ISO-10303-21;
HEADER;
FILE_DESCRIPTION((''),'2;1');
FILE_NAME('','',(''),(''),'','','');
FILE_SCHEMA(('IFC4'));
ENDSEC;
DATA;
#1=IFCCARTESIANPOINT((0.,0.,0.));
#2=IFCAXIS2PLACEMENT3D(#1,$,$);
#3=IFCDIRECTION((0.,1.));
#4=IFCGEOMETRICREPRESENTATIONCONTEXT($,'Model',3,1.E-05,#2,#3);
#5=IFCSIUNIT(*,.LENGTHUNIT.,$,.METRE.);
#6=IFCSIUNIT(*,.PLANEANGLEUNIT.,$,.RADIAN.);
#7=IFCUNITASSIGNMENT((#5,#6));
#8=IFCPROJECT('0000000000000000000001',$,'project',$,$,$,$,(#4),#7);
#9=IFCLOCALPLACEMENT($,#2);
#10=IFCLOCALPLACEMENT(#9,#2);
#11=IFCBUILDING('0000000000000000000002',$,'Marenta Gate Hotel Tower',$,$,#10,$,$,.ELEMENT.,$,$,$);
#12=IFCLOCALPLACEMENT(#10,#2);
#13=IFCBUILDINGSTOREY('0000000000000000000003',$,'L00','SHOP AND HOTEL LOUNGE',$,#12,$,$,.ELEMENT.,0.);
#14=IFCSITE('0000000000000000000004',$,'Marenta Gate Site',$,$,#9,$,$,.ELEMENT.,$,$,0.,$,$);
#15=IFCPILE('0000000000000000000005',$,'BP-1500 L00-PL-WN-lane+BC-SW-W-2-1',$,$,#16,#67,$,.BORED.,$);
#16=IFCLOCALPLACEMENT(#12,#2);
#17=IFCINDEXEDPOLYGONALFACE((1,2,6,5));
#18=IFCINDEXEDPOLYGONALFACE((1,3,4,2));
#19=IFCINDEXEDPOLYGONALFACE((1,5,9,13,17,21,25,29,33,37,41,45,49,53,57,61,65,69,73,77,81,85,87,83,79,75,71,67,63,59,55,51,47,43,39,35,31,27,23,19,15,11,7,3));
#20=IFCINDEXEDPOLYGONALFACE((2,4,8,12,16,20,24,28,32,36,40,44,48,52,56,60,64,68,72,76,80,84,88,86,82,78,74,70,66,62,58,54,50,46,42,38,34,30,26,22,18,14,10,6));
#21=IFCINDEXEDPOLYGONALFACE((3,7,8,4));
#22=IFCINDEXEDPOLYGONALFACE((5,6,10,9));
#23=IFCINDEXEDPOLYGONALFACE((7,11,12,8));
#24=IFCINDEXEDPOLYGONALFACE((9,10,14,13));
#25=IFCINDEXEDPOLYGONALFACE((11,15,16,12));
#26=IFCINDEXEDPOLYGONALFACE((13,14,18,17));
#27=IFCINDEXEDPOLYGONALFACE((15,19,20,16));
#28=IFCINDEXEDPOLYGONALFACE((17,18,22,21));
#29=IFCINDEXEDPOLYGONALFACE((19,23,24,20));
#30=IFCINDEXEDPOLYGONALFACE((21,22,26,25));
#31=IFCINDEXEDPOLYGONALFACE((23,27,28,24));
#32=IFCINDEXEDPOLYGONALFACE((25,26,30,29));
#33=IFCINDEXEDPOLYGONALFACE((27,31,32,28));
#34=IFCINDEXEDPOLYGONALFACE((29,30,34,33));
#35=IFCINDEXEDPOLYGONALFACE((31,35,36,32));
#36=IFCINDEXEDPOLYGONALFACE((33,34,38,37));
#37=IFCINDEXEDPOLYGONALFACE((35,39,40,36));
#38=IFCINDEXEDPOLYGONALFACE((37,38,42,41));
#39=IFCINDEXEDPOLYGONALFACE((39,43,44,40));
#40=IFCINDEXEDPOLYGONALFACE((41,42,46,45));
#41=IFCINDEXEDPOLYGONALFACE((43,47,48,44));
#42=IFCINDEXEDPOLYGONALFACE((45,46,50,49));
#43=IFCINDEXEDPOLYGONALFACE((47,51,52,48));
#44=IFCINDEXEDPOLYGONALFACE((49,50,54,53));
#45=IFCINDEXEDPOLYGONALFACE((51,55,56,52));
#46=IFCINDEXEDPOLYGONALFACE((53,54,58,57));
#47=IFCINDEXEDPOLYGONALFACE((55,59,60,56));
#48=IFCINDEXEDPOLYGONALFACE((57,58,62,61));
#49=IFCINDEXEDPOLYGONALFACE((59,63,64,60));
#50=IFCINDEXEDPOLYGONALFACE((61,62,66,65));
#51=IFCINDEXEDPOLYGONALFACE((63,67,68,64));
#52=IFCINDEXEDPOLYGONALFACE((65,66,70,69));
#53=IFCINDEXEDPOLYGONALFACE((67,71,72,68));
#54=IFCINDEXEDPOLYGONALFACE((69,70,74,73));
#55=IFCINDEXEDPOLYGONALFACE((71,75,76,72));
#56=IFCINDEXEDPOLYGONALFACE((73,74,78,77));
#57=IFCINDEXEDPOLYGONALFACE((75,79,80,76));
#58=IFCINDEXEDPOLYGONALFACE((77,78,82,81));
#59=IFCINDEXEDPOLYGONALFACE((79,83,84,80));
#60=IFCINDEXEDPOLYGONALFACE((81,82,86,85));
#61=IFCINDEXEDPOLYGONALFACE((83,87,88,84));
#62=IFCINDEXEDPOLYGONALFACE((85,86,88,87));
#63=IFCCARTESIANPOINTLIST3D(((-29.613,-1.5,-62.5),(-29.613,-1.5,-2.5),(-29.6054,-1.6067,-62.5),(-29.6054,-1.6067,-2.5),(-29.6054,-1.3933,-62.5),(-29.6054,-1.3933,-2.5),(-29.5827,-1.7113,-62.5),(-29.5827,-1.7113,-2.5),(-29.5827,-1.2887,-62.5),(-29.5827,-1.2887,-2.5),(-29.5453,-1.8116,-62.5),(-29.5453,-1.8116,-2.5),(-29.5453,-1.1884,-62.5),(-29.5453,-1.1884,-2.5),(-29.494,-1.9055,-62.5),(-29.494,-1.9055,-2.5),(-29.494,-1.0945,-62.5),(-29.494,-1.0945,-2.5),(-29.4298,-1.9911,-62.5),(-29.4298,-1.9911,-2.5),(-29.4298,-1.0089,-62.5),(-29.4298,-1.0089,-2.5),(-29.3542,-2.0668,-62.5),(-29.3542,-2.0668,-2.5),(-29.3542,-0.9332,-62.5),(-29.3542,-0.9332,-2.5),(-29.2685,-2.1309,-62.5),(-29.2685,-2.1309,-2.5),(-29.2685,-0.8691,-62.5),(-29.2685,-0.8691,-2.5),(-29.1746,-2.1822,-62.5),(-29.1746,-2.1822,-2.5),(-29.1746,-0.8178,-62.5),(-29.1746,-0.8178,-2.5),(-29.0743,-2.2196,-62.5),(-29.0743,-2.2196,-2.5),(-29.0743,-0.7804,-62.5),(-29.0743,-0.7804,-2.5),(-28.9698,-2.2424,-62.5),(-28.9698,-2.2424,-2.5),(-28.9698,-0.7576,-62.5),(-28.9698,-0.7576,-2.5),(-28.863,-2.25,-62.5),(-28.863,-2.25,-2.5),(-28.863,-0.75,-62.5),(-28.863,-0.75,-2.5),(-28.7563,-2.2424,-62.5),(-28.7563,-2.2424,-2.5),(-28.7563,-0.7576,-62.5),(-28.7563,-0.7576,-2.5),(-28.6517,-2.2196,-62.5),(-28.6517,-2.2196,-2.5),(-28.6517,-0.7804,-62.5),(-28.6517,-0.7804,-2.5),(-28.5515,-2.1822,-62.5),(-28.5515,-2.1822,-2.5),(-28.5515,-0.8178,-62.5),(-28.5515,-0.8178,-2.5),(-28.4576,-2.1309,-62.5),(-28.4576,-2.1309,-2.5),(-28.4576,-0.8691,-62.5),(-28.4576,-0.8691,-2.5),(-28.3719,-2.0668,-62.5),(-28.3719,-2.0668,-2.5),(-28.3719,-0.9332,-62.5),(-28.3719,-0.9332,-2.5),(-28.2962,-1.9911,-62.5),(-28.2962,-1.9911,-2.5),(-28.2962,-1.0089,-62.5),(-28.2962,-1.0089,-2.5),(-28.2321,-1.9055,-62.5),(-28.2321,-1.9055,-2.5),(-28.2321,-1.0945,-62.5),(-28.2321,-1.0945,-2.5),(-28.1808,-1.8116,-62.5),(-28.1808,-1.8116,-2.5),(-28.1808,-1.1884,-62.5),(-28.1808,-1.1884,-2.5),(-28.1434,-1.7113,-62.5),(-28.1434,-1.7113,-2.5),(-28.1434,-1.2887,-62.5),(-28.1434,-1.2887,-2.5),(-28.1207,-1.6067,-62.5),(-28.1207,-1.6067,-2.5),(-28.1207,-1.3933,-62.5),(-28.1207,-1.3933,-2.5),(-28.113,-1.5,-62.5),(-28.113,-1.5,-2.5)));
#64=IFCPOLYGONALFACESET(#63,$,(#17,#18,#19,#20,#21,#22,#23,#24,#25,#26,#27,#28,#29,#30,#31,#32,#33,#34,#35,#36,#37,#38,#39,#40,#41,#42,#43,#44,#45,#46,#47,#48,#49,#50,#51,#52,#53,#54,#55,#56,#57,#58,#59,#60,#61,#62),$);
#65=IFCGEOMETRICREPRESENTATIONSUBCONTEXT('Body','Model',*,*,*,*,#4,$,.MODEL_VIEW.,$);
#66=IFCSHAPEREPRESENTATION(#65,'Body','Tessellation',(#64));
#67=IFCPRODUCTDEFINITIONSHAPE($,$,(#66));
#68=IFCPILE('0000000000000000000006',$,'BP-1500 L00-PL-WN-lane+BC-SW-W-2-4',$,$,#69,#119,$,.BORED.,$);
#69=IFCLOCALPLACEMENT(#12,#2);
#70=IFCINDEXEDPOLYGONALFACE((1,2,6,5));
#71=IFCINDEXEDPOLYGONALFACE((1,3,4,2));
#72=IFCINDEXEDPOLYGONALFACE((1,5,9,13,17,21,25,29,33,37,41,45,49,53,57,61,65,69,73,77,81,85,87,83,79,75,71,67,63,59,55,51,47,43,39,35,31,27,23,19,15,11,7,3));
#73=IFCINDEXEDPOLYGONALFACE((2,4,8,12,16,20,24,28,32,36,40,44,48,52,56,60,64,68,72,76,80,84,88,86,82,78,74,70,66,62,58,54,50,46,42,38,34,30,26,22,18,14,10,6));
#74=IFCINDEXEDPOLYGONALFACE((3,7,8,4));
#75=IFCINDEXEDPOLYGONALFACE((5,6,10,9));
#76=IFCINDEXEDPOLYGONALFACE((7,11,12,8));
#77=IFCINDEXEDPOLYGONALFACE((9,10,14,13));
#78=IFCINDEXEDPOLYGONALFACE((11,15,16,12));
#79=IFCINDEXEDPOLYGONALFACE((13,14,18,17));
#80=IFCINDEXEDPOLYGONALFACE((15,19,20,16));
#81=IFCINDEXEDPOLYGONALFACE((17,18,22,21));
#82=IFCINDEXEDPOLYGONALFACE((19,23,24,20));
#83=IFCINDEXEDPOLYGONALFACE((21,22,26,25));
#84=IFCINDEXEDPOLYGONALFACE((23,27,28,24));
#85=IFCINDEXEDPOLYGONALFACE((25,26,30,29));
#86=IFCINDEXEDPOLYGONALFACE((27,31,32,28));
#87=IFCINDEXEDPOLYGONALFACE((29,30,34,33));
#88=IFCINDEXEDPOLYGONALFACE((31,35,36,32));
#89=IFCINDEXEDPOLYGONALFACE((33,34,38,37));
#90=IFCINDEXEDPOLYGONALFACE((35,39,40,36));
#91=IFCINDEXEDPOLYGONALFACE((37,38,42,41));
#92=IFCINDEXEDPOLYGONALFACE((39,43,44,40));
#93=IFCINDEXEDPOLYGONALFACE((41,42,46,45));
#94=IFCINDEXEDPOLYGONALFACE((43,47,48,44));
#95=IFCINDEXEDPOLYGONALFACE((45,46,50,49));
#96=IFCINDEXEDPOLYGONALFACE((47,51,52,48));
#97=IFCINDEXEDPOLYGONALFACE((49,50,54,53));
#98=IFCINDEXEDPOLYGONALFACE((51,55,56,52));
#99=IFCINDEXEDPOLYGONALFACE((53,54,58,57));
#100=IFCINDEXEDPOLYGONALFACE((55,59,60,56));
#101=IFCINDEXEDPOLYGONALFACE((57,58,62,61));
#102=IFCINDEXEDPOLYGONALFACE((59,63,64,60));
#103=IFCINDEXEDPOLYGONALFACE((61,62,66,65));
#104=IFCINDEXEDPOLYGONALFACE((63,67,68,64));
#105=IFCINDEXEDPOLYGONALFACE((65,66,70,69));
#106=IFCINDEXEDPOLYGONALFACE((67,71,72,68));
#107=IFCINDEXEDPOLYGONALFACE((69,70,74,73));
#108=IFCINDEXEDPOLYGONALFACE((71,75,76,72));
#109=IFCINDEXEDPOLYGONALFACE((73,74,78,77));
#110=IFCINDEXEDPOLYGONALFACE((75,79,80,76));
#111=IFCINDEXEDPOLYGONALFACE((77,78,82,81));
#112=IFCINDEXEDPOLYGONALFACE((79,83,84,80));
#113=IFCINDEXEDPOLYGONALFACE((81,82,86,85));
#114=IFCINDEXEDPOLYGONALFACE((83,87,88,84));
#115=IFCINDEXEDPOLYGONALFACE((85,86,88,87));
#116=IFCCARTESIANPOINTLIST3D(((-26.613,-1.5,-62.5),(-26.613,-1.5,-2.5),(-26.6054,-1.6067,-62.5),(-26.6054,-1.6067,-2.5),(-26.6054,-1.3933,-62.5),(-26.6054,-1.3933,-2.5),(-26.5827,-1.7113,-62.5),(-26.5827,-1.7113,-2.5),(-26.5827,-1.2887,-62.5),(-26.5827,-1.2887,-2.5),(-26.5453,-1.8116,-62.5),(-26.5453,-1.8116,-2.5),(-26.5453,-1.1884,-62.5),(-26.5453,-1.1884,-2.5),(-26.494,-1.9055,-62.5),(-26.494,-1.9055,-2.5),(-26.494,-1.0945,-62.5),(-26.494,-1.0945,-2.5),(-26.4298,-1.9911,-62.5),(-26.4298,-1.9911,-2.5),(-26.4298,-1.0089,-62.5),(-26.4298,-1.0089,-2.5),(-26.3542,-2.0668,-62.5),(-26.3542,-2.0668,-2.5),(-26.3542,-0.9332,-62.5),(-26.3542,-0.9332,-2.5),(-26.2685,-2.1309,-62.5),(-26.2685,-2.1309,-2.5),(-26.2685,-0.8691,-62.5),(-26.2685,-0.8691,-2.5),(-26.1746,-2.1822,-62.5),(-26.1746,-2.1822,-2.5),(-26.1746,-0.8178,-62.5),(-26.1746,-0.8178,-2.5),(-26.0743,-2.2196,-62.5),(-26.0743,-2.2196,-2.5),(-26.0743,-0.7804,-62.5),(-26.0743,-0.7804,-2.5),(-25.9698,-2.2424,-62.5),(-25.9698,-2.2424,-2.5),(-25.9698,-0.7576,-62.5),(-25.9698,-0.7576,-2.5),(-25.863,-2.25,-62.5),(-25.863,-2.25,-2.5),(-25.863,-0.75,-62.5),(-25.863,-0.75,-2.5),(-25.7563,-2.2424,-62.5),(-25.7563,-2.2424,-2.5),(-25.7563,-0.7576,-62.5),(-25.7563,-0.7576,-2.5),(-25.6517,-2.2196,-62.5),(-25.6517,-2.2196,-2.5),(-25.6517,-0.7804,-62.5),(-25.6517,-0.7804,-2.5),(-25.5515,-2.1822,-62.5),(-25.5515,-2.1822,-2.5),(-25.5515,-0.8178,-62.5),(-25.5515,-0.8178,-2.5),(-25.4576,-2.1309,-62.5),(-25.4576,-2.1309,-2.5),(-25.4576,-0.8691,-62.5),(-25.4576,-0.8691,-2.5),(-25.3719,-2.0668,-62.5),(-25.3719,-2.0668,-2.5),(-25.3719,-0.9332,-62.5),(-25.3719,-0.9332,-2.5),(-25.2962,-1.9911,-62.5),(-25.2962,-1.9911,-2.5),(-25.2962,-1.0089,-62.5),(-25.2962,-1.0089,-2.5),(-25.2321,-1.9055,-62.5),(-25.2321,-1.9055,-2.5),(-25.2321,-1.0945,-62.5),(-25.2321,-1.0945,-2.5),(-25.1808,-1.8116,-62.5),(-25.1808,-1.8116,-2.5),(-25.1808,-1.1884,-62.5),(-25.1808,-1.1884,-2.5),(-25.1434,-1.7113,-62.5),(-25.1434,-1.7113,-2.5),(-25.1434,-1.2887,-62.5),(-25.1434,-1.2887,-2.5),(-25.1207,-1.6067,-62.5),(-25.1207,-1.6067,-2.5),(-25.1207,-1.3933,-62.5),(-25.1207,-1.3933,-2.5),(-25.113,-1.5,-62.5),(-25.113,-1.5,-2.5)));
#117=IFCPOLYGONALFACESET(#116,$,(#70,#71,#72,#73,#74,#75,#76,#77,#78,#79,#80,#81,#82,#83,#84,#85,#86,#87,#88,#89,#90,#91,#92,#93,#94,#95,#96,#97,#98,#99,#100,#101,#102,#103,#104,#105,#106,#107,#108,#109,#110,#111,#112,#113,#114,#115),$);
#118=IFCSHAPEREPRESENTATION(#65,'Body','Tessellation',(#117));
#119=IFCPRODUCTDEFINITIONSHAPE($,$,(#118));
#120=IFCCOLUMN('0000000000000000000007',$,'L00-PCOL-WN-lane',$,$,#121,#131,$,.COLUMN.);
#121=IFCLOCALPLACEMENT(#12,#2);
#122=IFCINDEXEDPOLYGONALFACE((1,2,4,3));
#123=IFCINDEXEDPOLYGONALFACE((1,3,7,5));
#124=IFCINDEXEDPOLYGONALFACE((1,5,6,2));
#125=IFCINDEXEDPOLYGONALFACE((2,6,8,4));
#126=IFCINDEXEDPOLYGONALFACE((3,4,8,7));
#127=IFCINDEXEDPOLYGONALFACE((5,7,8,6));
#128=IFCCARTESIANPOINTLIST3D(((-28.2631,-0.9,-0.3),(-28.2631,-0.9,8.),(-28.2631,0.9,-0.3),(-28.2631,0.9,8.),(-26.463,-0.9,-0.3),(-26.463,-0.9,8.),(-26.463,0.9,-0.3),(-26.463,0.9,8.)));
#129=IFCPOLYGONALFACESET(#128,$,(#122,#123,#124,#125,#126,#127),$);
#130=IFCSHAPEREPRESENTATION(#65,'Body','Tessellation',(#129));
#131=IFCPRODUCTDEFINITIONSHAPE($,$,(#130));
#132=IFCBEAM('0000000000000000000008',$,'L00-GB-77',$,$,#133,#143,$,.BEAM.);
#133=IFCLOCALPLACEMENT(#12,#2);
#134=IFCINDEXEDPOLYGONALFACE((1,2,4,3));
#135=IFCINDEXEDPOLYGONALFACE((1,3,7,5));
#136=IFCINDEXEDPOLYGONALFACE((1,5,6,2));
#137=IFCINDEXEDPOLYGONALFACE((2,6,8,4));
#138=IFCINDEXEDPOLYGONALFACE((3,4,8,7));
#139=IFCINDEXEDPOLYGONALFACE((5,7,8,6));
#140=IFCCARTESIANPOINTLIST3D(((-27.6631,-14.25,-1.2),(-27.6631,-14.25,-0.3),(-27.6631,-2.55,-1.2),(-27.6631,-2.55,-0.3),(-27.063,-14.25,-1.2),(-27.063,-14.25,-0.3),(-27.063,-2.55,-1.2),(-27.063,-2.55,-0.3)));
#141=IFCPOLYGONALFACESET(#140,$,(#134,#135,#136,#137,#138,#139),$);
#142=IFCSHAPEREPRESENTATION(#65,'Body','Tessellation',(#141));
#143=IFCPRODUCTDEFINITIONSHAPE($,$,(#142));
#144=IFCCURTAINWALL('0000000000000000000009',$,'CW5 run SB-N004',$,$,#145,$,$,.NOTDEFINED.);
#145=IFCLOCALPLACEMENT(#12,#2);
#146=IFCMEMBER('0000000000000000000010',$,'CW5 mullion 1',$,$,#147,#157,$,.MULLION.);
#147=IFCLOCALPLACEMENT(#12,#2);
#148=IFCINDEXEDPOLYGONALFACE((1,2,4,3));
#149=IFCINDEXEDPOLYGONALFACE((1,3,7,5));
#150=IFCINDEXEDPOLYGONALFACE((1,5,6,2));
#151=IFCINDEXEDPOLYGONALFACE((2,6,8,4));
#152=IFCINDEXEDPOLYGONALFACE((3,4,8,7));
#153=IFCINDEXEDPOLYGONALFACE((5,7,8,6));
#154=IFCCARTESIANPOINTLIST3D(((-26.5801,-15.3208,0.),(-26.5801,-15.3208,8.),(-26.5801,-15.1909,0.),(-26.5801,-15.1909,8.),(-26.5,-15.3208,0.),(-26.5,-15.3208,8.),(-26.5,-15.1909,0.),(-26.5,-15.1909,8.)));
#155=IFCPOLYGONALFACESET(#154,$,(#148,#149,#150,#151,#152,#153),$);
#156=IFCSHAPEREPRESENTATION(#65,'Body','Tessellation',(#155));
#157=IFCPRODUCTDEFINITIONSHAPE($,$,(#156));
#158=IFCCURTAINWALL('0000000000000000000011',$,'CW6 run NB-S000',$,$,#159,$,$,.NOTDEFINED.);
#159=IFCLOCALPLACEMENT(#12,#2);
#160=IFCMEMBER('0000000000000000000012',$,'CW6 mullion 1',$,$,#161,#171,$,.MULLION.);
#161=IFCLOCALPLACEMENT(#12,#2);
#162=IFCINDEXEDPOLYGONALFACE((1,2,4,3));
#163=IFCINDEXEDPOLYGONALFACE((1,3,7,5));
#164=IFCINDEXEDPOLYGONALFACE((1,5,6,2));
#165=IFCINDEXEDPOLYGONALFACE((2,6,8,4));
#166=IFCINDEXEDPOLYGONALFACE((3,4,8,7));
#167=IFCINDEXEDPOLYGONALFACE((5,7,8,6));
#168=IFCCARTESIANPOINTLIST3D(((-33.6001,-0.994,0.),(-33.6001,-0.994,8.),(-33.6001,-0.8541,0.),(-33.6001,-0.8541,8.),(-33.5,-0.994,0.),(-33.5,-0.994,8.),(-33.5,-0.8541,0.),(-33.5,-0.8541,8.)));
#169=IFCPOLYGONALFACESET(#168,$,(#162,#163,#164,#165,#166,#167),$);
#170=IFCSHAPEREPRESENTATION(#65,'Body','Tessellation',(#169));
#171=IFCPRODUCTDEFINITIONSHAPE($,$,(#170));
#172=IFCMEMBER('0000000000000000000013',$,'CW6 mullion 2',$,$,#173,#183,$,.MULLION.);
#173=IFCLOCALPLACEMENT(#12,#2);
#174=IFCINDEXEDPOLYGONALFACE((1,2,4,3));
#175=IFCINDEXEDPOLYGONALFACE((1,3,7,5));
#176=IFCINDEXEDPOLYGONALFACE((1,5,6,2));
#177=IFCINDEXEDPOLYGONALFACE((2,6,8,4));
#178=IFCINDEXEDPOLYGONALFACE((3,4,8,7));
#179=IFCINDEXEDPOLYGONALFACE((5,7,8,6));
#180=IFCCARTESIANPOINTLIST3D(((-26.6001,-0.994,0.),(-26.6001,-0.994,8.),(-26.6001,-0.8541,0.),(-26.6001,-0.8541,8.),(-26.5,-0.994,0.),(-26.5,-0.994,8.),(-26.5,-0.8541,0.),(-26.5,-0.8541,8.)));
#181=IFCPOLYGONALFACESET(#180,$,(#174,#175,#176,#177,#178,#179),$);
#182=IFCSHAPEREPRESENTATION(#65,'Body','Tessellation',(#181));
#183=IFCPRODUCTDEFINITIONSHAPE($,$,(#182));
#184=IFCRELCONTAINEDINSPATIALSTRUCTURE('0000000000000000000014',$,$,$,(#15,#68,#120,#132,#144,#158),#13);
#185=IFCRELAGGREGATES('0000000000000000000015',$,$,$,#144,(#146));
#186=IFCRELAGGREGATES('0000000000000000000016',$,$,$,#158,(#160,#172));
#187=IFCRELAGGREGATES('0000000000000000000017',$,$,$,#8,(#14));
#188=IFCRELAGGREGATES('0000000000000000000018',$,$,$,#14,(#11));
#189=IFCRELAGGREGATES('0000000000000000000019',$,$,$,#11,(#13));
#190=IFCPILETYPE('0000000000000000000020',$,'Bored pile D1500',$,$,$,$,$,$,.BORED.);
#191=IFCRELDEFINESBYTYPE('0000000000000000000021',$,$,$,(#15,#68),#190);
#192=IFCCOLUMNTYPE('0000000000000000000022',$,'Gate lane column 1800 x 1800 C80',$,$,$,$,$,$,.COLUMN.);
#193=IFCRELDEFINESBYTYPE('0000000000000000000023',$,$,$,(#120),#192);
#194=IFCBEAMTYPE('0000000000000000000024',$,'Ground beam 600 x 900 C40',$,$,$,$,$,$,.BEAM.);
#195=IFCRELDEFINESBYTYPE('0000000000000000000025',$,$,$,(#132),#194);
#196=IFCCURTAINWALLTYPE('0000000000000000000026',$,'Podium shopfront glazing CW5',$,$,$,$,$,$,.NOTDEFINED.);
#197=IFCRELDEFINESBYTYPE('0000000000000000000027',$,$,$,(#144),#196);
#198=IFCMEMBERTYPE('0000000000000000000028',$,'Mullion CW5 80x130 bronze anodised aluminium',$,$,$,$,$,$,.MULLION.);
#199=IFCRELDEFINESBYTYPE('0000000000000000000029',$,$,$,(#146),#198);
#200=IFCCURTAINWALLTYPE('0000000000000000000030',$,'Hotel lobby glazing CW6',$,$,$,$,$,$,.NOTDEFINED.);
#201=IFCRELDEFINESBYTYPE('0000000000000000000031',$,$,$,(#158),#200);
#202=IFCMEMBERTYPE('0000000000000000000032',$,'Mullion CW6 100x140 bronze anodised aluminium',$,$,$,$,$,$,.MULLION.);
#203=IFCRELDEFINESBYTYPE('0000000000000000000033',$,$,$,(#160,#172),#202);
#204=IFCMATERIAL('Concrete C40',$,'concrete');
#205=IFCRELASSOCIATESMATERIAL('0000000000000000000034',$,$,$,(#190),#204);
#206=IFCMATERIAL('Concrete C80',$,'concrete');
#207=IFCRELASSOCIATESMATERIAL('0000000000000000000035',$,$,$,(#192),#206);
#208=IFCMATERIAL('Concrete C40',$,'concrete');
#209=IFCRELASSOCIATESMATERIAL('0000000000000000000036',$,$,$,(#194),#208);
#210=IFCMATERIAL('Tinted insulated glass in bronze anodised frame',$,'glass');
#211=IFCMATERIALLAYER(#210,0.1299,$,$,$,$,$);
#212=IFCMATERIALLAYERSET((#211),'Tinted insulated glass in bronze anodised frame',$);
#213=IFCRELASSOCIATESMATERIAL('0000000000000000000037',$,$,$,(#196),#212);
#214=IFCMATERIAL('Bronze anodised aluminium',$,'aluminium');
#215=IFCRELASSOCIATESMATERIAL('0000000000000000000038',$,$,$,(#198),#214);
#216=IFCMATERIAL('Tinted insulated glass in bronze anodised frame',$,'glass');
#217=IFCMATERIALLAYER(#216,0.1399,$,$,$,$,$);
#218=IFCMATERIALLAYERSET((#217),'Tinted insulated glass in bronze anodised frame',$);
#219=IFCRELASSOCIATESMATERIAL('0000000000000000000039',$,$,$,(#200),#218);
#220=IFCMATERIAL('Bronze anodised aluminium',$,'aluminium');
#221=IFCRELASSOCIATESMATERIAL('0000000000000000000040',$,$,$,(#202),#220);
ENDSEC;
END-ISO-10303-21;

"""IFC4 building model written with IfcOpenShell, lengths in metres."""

from ifc_helpers import new_model, si_unit, direction, frame, origin, origin_2d, place, context, subcontext, project, spatial, rectangle, circle, extrude, material, layer, layer_set, material_profile, profile_set, type_object, element, aggregate, save


model = new_model("IFC4")

# Units and contexts
model_context = context("Model", 3, precision=1e-05, world=origin(), true_north=direction((0.0, 1.0)))
body_context = subcontext(model_context, "Body", "Model", "MODEL_VIEW")
ifc_project = project(units=[si_unit("LENGTHUNIT", "METRE"), si_unit("PLANEANGLEUNIT", "RADIAN")], contexts=[model_context])

# Site, building, storey
site_placement = place(None, origin())
site = spatial("IfcSite", under=ifc_project, at=site_placement, Name="Marenta Gate Site", CompositionType="ELEMENT", RefElevation=0.0)
building_placement = place(site_placement, origin())
building = spatial("IfcBuilding", under=site, at=building_placement, Name="Marenta Gate Hotel Tower", CompositionType="ELEMENT")
storey_placement = place(building_placement, origin())
storey = spatial("IfcBuildingStorey", under=building, at=storey_placement, Name="L00", Description="SHOP AND HOTEL LOUNGE", CompositionType="ELEMENT", Elevation=0.0)

# Piles
ifc_material_1 = material(Name="Concrete C40", Category="concrete")
pile_type = type_object("IfcPileType", Name="Bored pile D1500", PredefinedType="BORED", material=ifc_material_1)
for number, where, z_axis, x_axis, name in (
    (1, (-28.863, -1.5, -2.5), (0.0, 0.0, -1.0), (1.0, 0.0, 0.0), "BP-1500 L00-PL-WN-lane+BC-SW-W-2-1"),
    (2, (-25.863, -1.5, -2.5), (0.0, 0.0, -1.0), (1.0, 0.0, 0.0), "BP-1500 L00-PL-WN-lane+BC-SW-W-2-4"),
):
    element("IfcPile", number, at=place(storey_placement, frame(where, z_axis=z_axis, x_axis=x_axis)), inside=storey, type_object=pile_type, Name=name, PredefinedType="BORED", context=body_context, shape_type="SweptSolid", body=[
        extrude(circle(Radius=0.75, at=origin_2d()), origin(), (0.0, 0.0, 1.0), 60.0),
    ])

# Column
ifc_material_2 = material(Name="Concrete C80", Category="concrete")
ifc_material_profile_1 = material_profile(ifc_material_2, rectangle(XDim=1.8, YDim=1.8, at=origin_2d()), Name="1800 x 1800")
ifc_profile_set_1 = profile_set([ifc_material_profile_1], Name="Concrete C80")
column_type = type_object("IfcColumnType", Name="Gate lane column 1800 x 1800 C80", PredefinedType="COLUMN", material=ifc_profile_set_1)
column_placement = place(storey_placement, frame((-27.363, 0.0, -0.3), z_axis=(0.0, 0.0, 1.0), x_axis=(1.0, 0.0, 0.0)))
element("IfcColumn", 3, at=column_placement, inside=storey, type_object=column_type, Name="L00-PCOL-WN-lane", PredefinedType="COLUMN", context=body_context, shape_type="SweptSolid", body=[
    extrude(rectangle(XDim=1.8, YDim=1.8, at=origin_2d()), origin(), (0.0, 0.0, 1.0), 8.3),
])

# Beam
ifc_material_3 = material(Name="Concrete C40", Category="concrete")
ifc_material_profile_2 = material_profile(ifc_material_3, rectangle(XDim=0.6001, YDim=0.8999, at=origin_2d()), Name="600 x 900")
ifc_profile_set_2 = profile_set([ifc_material_profile_2], Name="Concrete C40")
beam_type = type_object("IfcBeamType", Name="Ground beam 600 x 900 C40", PredefinedType="BEAM", material=ifc_profile_set_2)
beam_placement = place(storey_placement, frame((-27.363, -14.25, -0.75), z_axis=(0.0, 1.0, 0.0), x_axis=(-1.0, 0.0, 0.0)))
element("IfcBeam", 4, at=beam_placement, inside=storey, type_object=beam_type, Name="L00-GB-77", PredefinedType="BEAM", context=body_context, shape_type="SweptSolid", body=[
    extrude(rectangle(XDim=0.6001, YDim=0.8999, at=origin_2d()), origin(), (0.0, 0.0, 1.0), 11.7),
])

# Curtain wall, member
ifc_material_4 = material(Name="Tinted insulated glass in bronze anodised frame", Category="glass")
ifc_layer_1 = layer(ifc_material_4, 0.1299)
ifc_layer_set_1 = layer_set([ifc_layer_1], Name="Tinted insulated glass in bronze anodised frame")
curtain_wall_type_1 = type_object("IfcCurtainWallType", Name="Podium shopfront glazing CW5", PredefinedType="NOTDEFINED", material=ifc_layer_set_1)
curtain_wall_1_placement = place(storey_placement, origin())
curtain_wall_1 = element("IfcCurtainWall", 5, at=curtain_wall_1_placement, inside=storey, type_object=curtain_wall_type_1, Name="CW5 run SB-N004", PredefinedType="NOTDEFINED")
ifc_material_5 = material(Name="Bronze anodised aluminium", Category="aluminium")
ifc_material_profile_3 = material_profile(ifc_material_5, rectangle(XDim=0.1299, YDim=0.0801, at=origin_2d()), Name="Mullion CW5 80x130 bronze anodised aluminium")
ifc_profile_set_3 = profile_set([ifc_material_profile_3], Name="Bronze anodised aluminium")
member_type_1 = type_object("IfcMemberType", Name="Mullion CW5 80x130 bronze anodised aluminium", PredefinedType="MULLION", material=ifc_profile_set_3)
member_1_placement = place(storey_placement, frame((-26.54, -15.2559, 0.0), z_axis=(0.0, 0.0, 1.0), x_axis=(0.0, -1.0, 0.0)))
member_1 = element("IfcMember", 6, at=member_1_placement, type_object=member_type_1, Name="CW5 mullion 1", PredefinedType="MULLION", context=body_context, shape_type="SweptSolid", body=[
    extrude(rectangle(XDim=0.1299, YDim=0.0801, at=origin_2d()), origin(), (0.0, 0.0, 1.0), 8.0),
])

# Curtain wall, members
ifc_material_6 = material(Name="Tinted insulated glass in bronze anodised frame", Category="glass")
ifc_layer_2 = layer(ifc_material_6, 0.1399)
ifc_layer_set_2 = layer_set([ifc_layer_2], Name="Tinted insulated glass in bronze anodised frame")
curtain_wall_type_2 = type_object("IfcCurtainWallType", Name="Hotel lobby glazing CW6", PredefinedType="NOTDEFINED", material=ifc_layer_set_2)
curtain_wall_2_placement = place(storey_placement, origin())
curtain_wall_2 = element("IfcCurtainWall", 7, at=curtain_wall_2_placement, inside=storey, type_object=curtain_wall_type_2, Name="CW6 run NB-S000", PredefinedType="NOTDEFINED")
ifc_material_7 = material(Name="Bronze anodised aluminium", Category="aluminium")
ifc_material_profile_4 = material_profile(ifc_material_7, rectangle(XDim=0.1399, YDim=0.1001, at=origin_2d()), Name="Mullion CW6 100x140 bronze anodised aluminium")
ifc_profile_set_4 = profile_set([ifc_material_profile_4], Name="Bronze anodised aluminium")
member_type_2 = type_object("IfcMemberType", Name="Mullion CW6 100x140 bronze anodised aluminium", PredefinedType="MULLION", material=ifc_profile_set_4)
member_2_placement = place(storey_placement, frame((-33.55, -0.9241, 0.0), z_axis=(0.0, 0.0, 1.0), x_axis=(0.0, 1.0, 0.0)))
member_2 = element("IfcMember", 8, at=member_2_placement, type_object=member_type_2, Name="CW6 mullion 1", PredefinedType="MULLION", context=body_context, shape_type="SweptSolid", body=[
    extrude(rectangle(XDim=0.1399, YDim=0.1001, at=origin_2d()), origin(), (0.0, 0.0, 1.0), 8.0),
])
member_3_placement = place(storey_placement, frame((-26.55, -0.9241, 0.0), z_axis=(0.0, 0.0, 1.0), x_axis=(0.0, 1.0, 0.0)))
member_3 = element("IfcMember", 9, at=member_3_placement, type_object=member_type_2, Name="CW6 mullion 2", PredefinedType="MULLION", context=body_context, shape_type="SweptSolid", body=[
    extrude(rectangle(XDim=0.1399, YDim=0.1001, at=origin_2d()), origin(), (0.0, 0.0, 1.0), 8.0),
])

aggregate(curtain_wall_1, [member_1])
aggregate(curtain_wall_2, [member_2, member_3])

save(model, "model.ifc")
